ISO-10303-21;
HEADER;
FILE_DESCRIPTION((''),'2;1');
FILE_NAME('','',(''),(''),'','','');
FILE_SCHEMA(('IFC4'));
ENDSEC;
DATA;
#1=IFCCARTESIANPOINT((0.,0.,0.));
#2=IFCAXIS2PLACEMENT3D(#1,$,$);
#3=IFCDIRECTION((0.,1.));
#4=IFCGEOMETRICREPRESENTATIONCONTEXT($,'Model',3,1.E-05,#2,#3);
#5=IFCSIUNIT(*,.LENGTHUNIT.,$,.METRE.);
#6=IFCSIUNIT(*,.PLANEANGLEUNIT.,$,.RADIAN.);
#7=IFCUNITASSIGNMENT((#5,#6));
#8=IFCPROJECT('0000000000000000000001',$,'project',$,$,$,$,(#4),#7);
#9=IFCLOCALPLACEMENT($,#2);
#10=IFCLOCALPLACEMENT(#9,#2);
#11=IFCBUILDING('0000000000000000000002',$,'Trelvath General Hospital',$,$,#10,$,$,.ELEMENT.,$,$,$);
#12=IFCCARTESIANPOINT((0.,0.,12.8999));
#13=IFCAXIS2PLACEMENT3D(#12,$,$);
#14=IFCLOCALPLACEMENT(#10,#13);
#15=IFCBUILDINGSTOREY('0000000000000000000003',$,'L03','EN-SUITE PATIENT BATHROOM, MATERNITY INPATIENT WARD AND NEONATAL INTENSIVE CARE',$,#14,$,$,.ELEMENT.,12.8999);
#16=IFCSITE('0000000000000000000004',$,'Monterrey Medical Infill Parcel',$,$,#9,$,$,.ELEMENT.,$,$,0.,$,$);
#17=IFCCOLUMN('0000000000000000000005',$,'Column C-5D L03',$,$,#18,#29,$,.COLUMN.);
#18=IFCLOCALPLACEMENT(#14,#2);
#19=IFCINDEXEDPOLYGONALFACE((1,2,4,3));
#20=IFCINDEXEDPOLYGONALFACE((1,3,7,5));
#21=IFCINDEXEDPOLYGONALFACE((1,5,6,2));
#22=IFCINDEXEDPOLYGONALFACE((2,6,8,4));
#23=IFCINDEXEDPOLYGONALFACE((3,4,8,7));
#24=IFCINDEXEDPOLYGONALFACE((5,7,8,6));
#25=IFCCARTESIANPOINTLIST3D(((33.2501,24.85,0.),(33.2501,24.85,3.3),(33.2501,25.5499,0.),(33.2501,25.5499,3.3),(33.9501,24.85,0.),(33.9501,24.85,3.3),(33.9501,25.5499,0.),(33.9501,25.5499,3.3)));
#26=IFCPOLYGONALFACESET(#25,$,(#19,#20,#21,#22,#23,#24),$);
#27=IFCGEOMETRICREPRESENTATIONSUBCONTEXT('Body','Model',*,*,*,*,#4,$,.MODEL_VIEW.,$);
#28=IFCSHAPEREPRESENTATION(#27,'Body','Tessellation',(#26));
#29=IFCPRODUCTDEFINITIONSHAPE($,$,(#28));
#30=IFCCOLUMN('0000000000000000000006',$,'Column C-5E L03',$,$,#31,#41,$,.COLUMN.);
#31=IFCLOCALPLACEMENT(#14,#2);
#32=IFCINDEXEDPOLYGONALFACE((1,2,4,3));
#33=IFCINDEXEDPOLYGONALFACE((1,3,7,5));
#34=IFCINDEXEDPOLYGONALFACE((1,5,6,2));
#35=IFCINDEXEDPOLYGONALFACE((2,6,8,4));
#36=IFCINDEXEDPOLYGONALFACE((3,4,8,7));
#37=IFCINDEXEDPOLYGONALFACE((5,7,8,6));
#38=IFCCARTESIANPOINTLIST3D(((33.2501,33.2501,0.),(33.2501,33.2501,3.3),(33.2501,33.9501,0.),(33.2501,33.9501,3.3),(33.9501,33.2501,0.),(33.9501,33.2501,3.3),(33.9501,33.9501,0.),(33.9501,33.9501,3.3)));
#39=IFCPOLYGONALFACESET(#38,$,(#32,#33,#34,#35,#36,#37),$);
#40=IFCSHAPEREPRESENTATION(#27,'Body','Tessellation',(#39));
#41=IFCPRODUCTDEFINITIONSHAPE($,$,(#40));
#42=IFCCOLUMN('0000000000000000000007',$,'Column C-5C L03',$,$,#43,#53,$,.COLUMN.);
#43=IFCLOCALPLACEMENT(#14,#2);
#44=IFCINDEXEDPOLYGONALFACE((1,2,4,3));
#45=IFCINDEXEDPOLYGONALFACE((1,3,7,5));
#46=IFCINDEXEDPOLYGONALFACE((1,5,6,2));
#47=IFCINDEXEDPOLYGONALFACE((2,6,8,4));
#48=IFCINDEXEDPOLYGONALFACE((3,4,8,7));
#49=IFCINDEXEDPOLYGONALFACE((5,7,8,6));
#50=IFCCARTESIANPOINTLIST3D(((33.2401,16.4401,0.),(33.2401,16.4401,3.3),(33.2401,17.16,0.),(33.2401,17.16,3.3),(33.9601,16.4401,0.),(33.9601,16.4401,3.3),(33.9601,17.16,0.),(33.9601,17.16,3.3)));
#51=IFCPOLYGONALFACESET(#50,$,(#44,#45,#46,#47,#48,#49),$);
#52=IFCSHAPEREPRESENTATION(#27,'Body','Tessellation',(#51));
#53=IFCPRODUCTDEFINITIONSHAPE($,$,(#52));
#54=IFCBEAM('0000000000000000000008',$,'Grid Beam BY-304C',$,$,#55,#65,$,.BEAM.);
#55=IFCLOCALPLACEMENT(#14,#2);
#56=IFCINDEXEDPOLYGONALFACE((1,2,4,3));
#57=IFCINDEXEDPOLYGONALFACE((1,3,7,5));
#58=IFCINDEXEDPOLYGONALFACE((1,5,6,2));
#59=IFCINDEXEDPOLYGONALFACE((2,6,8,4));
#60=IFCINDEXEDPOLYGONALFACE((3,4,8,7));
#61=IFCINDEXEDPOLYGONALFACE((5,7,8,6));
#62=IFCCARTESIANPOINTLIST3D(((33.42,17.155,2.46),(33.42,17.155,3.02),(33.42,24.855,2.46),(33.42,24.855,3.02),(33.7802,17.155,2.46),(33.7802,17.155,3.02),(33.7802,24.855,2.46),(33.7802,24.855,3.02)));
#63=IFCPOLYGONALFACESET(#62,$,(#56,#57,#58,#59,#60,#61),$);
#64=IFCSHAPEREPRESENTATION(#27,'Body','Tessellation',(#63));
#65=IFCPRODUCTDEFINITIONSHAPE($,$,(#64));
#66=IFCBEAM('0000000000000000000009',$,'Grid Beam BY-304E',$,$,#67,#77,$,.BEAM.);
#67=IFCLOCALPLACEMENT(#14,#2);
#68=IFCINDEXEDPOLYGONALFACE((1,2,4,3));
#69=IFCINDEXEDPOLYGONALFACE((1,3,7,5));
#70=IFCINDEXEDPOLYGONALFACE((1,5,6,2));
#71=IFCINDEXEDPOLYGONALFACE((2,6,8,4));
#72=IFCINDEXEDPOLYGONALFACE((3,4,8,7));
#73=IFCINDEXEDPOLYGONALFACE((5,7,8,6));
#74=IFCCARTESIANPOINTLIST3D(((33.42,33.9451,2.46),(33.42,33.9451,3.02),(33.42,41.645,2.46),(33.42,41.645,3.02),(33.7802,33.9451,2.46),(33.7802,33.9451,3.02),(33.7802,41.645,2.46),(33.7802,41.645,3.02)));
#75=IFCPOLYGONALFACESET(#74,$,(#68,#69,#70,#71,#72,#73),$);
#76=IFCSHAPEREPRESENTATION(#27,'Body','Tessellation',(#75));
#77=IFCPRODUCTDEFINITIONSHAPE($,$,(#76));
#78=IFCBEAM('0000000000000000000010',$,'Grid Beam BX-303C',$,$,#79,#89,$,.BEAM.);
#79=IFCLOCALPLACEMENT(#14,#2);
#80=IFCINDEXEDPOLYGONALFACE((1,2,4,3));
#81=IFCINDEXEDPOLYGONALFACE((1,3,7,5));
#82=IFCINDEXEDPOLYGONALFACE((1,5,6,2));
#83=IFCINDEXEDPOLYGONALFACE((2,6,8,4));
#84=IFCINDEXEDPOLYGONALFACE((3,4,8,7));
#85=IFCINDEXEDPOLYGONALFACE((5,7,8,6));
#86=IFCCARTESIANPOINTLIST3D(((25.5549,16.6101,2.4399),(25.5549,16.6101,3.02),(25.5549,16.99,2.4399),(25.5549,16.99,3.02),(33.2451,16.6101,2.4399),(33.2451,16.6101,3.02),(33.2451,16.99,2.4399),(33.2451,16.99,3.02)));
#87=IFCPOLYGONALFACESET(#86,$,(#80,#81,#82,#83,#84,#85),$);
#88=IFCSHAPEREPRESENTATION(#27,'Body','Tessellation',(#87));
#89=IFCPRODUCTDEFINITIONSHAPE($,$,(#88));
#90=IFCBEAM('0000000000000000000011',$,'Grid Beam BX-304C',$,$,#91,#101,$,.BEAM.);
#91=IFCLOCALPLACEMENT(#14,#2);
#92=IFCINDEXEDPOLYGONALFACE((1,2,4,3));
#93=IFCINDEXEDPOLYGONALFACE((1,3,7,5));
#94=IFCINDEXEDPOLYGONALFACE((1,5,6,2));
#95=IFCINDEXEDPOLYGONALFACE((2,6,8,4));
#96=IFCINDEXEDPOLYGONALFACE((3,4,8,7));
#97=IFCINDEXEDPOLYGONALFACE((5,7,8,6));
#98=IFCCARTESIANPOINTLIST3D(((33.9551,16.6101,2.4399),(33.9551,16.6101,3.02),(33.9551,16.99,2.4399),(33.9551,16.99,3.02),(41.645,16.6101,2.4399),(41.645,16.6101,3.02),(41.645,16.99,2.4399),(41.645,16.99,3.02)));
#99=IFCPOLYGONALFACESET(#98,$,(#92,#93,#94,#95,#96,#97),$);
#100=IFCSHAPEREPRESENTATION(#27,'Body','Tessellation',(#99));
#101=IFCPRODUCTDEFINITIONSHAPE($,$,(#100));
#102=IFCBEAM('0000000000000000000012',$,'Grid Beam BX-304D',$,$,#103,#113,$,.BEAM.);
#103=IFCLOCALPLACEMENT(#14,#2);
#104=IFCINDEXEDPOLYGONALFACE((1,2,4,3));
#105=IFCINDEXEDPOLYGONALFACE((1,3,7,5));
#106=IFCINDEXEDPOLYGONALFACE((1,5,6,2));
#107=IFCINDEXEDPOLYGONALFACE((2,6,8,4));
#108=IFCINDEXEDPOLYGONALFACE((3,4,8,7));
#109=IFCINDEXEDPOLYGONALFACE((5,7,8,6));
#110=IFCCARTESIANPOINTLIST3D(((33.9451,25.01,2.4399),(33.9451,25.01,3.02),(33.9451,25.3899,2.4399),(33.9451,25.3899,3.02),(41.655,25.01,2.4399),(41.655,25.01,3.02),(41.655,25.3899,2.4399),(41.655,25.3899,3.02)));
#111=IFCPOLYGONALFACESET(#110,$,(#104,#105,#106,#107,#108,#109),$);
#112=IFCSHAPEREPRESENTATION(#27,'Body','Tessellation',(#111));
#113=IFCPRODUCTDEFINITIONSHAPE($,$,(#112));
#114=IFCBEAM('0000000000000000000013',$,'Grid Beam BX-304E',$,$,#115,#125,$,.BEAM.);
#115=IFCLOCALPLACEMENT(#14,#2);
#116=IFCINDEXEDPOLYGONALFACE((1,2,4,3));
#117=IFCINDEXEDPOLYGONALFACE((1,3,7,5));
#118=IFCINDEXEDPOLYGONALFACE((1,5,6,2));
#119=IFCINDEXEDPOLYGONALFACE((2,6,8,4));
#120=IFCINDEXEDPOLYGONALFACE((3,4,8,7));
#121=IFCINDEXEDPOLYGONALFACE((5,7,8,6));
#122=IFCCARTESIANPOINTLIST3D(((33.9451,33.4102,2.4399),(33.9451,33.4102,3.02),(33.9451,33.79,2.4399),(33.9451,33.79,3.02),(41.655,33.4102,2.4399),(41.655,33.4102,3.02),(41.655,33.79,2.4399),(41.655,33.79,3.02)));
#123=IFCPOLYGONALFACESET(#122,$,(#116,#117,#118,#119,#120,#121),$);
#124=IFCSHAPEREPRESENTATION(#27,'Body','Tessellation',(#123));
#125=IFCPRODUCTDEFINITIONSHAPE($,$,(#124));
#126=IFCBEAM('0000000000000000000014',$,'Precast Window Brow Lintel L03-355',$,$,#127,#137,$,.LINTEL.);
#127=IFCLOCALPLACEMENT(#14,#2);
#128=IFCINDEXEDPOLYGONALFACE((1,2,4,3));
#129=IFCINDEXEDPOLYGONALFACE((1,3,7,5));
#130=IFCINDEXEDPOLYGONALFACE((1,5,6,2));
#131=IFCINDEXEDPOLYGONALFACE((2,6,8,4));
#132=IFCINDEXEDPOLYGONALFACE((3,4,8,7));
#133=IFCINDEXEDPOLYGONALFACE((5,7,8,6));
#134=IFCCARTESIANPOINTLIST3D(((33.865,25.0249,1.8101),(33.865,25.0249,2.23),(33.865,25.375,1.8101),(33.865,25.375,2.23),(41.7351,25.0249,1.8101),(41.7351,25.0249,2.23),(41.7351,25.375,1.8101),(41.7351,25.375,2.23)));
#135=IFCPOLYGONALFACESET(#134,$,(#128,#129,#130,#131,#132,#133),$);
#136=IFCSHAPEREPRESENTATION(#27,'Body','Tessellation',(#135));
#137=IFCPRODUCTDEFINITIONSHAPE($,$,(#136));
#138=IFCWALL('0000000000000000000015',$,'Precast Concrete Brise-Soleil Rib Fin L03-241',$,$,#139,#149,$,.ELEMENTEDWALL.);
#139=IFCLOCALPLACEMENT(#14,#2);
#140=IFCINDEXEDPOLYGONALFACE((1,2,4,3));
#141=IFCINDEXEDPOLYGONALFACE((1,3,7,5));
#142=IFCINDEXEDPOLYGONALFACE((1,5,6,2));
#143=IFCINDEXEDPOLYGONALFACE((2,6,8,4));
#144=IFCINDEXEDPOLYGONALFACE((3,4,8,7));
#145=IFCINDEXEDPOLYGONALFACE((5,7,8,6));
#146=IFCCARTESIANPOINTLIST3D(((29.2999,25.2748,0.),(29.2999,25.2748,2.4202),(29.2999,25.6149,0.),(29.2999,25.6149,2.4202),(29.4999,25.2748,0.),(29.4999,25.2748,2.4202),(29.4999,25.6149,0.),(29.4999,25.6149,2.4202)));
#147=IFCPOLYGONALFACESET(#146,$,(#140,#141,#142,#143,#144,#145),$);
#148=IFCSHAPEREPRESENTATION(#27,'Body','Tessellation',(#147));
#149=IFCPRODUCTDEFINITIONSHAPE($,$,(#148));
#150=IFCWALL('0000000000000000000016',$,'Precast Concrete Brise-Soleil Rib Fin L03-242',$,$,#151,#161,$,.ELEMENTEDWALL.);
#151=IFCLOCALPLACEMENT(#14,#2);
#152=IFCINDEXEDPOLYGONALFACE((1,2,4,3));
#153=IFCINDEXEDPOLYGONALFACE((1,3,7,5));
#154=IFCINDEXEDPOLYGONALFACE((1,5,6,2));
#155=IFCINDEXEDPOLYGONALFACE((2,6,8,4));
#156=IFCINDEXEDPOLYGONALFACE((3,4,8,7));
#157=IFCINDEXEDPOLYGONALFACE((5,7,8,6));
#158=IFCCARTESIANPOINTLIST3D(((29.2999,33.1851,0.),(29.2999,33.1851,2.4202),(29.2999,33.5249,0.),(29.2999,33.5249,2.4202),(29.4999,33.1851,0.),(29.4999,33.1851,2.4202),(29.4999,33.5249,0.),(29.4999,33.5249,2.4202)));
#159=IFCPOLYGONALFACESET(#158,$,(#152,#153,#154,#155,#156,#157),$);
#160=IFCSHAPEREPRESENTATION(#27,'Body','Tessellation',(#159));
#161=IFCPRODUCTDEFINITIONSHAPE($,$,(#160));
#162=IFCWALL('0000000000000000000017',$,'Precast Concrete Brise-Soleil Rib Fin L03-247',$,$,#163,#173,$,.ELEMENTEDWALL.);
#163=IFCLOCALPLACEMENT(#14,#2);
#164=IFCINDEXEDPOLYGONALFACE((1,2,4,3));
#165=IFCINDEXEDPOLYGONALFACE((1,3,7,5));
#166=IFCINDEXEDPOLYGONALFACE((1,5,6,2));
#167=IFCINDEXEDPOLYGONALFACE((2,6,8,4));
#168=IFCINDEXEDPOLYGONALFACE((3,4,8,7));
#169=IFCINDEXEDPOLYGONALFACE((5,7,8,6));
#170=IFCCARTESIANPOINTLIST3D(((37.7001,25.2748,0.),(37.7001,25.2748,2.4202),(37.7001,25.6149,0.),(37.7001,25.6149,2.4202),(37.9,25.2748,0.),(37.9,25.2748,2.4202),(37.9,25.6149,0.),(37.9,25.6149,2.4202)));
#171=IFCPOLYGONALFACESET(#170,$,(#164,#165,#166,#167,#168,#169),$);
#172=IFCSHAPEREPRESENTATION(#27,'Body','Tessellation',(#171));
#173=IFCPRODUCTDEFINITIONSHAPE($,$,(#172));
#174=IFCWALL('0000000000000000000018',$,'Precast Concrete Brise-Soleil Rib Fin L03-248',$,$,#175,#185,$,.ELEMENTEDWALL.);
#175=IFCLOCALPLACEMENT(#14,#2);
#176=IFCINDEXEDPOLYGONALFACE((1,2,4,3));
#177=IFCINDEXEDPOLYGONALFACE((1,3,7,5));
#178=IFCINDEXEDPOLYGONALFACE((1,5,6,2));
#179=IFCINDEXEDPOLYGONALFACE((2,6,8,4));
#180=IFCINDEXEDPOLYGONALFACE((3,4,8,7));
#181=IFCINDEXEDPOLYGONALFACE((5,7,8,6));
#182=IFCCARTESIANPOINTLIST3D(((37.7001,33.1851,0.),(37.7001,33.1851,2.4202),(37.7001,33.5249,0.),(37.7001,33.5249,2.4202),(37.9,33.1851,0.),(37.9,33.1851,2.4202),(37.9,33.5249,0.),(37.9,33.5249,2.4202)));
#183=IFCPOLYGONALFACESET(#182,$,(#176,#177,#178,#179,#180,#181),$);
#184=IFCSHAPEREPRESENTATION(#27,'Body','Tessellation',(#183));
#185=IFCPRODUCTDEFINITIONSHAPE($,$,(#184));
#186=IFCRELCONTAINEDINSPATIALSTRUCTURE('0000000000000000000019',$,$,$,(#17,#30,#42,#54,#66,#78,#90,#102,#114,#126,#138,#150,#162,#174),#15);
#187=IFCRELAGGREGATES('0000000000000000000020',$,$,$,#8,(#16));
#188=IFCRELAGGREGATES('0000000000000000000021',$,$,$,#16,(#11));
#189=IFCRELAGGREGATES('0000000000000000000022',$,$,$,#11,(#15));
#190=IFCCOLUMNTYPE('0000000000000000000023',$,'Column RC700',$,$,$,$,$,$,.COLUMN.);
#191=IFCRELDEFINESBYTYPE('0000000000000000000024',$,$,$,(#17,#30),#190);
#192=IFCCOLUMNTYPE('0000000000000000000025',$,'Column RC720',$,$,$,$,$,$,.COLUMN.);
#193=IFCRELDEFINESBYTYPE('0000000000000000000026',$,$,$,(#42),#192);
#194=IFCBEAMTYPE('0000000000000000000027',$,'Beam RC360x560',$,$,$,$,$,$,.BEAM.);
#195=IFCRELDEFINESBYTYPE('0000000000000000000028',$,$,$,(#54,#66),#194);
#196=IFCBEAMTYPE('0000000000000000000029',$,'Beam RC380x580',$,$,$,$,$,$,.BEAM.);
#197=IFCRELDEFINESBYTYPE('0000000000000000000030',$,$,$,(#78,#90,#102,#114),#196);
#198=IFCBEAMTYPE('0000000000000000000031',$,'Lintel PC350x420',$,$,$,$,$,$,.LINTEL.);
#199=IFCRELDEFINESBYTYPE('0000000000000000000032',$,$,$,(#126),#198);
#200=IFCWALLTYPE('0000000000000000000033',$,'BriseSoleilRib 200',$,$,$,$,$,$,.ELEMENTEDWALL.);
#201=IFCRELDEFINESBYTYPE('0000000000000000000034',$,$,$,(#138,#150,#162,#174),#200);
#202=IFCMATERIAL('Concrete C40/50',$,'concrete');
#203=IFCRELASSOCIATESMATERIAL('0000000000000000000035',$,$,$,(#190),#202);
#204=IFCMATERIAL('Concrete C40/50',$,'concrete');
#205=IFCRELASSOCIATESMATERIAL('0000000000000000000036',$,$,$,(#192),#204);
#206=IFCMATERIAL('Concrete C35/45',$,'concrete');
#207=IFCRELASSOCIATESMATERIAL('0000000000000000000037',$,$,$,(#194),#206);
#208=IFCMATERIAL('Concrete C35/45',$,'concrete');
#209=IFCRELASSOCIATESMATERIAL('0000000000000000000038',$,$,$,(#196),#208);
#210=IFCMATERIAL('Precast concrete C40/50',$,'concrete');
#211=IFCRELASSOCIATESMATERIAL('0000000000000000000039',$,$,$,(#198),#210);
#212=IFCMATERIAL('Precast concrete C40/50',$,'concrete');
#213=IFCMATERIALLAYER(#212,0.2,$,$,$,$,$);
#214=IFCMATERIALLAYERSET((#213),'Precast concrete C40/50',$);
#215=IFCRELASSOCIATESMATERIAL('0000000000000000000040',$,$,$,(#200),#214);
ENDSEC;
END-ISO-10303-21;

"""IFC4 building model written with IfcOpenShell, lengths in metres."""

from ifc_helpers import new_model, si_unit, direction, frame, frame_2d, origin, origin_2d, place, context, subcontext, project, spatial, rectangle, extrude, material, layer, layer_set, material_profile, profile_set, type_object, element, save


model = new_model("IFC4")

# Units and contexts
model_context = context("Model", 3, precision=1e-05, world=origin(), true_north=direction((0.0, 1.0)))
body_context = subcontext(model_context, "Body", "Model", "MODEL_VIEW")
ifc_project = project(units=[si_unit("LENGTHUNIT", "METRE"), si_unit("PLANEANGLEUNIT", "RADIAN")], contexts=[model_context])

# Site, building, storey
site_placement = place(None, origin())
site = spatial("IfcSite", under=ifc_project, at=site_placement, Name="Monterrey Medical Infill Parcel", CompositionType="ELEMENT", RefElevation=0.0)
building_placement = place(site_placement, origin())
building = spatial("IfcBuilding", under=site, at=building_placement, Name="Trelvath General Hospital", CompositionType="ELEMENT")
storey_placement = place(building_placement, frame((0.0, 0.0, 12.8999)))
storey = spatial("IfcBuildingStorey", under=building, at=storey_placement, Name="L03", Description="EN-SUITE PATIENT BATHROOM, MATERNITY INPATIENT WARD AND NEONATAL INTENSIVE CARE", CompositionType="ELEMENT", Elevation=12.8999)

# Columns
ifc_material_1 = material(Name="Concrete C40/50", Category="concrete")
ifc_material_profile_1 = material_profile(ifc_material_1, rectangle(XDim=0.7, YDim=0.7, at=origin_2d()), Name="RC700x700")
ifc_profile_set_1 = profile_set([ifc_material_profile_1], Name="Concrete C40/50")
column_type_1 = type_object("IfcColumnType", Name="Column RC700", PredefinedType="COLUMN", material=ifc_profile_set_1)
for number, where, z_axis, x_axis, name in (
    (1, (33.6001, 25.2, 0.0), (0.0, 0.0, 1.0), (1.0, 0.0, 0.0), "Column C-5D L03"),
    (2, (33.6001, 33.6001, 0.0), (0.0, 0.0, 1.0), (1.0, 0.0, 0.0), "Column C-5E L03"),
):
    element("IfcColumn", number, at=place(storey_placement, frame(where, z_axis=z_axis, x_axis=x_axis)), inside=storey, type_object=column_type_1, Name=name, PredefinedType="COLUMN", context=body_context, shape_type="SweptSolid", body=[
        extrude(rectangle(XDim=0.7, YDim=0.7, at=origin_2d()), origin(), (0.0, 0.0, 1.0), 3.3),
    ])
ifc_material_2 = material(Name="Concrete C40/50", Category="concrete")
ifc_material_profile_2 = material_profile(ifc_material_2, rectangle(XDim=0.72, YDim=0.72, at=origin_2d()), Name="RC720x720")
ifc_profile_set_2 = profile_set([ifc_material_profile_2], Name="Concrete C40/50")
column_type_2 = type_object("IfcColumnType", Name="Column RC720", PredefinedType="COLUMN", material=ifc_profile_set_2)
column_placement = place(storey_placement, frame((33.6001, 16.8, 0.0), z_axis=(0.0, 0.0, 1.0), x_axis=(1.0, 0.0, 0.0)))
element("IfcColumn", 3, at=column_placement, inside=storey, type_object=column_type_2, Name="Column C-5C L03", PredefinedType="COLUMN", context=body_context, shape_type="SweptSolid", body=[
    extrude(rectangle(XDim=0.72, YDim=0.72, at=origin_2d()), origin(), (0.0, 0.0, 1.0), 3.3),
])

# Beams
ifc_material_3 = material(Name="Concrete C35/45", Category="concrete")
ifc_material_profile_3 = material_profile(ifc_material_3, rectangle(XDim=0.3601, YDim=0.5601, at=origin_2d()), Name="RCB360x560")
ifc_profile_set_3 = profile_set([ifc_material_profile_3], Name="Concrete C35/45")
beam_type_1 = type_object("IfcBeamType", Name="Beam RC360x560", PredefinedType="BEAM", material=ifc_profile_set_3)
for number, where, z_axis, x_axis, name in (
    (4, (33.6001, 17.155, 2.74), (0.0, 1.0, 0.0), (-1.0, 0.0, 0.0), "Grid Beam BY-304C"),
    (5, (33.6001, 33.9451, 2.74), (0.0, 1.0, 0.0), (-1.0, 0.0, 0.0), "Grid Beam BY-304E"),
):
    element("IfcBeam", number, at=place(storey_placement, frame(where, z_axis=z_axis, x_axis=x_axis)), inside=storey, type_object=beam_type_1, Name=name, PredefinedType="BEAM", context=body_context, shape_type="SweptSolid", body=[
        extrude(rectangle(XDim=0.3601, YDim=0.5601, at=origin_2d()), origin(), (0.0, 0.0, 1.0), 7.7),
    ])
ifc_material_4 = material(Name="Concrete C35/45", Category="concrete")
ifc_material_profile_4 = material_profile(ifc_material_4, rectangle(XDim=0.3799, YDim=0.5801, at=origin_2d()), Name="RCB380x580")
ifc_profile_set_4 = profile_set([ifc_material_profile_4], Name="Concrete C35/45")
beam_type_2 = type_object("IfcBeamType", Name="Beam RC380x580", PredefinedType="BEAM", material=ifc_profile_set_4)
beam_1_placement = place(storey_placement, frame((25.5549, 16.8, 2.73), z_axis=(1.0, 0.0, 0.0), x_axis=(0.0, 1.0, 0.0)))
element("IfcBeam", 6, at=beam_1_placement, inside=storey, type_object=beam_type_2, Name="Grid Beam BX-303C", PredefinedType="BEAM", context=body_context, shape_type="SweptSolid", body=[
    extrude(rectangle(XDim=0.3799, YDim=0.5801, at=origin_2d()), origin(), (0.0, 0.0, 1.0), 7.6902),
])
beam_2_placement = place(storey_placement, frame((33.9551, 16.8, 2.73), z_axis=(1.0, 0.0, 0.0), x_axis=(0.0, 1.0, 0.0)))
element("IfcBeam", 7, at=beam_2_placement, inside=storey, type_object=beam_type_2, Name="Grid Beam BX-304C", PredefinedType="BEAM", context=body_context, shape_type="SweptSolid", body=[
    extrude(rectangle(XDim=0.3799, YDim=0.5801, at=origin_2d()), origin(), (0.0, 0.0, 1.0), 7.6899),
])
for number, where, z_axis, x_axis, name in (
    (8, (33.9451, 25.2, 2.73), (1.0, 0.0, 0.0), (0.0, 1.0, 0.0), "Grid Beam BX-304D"),
    (9, (33.9451, 33.6001, 2.73), (1.0, 0.0, 0.0), (0.0, 1.0, 0.0), "Grid Beam BX-304E"),
):
    element("IfcBeam", number, at=place(storey_placement, frame(where, z_axis=z_axis, x_axis=x_axis)), inside=storey, type_object=beam_type_2, Name=name, PredefinedType="BEAM", context=body_context, shape_type="SweptSolid", body=[
        extrude(rectangle(XDim=0.3799, YDim=0.5801, at=origin_2d()), origin(), (0.0, 0.0, 1.0), 7.71),
    ])
ifc_material_5 = material(Name="Precast concrete C40/50", Category="concrete")
ifc_material_profile_5 = material_profile(ifc_material_5, rectangle(XDim=0.3501, YDim=0.4199, at=origin_2d()), Name="PCL350x420")
ifc_profile_set_5 = profile_set([ifc_material_profile_5], Name="Precast concrete C40/50")
beam_type_3 = type_object("IfcBeamType", Name="Lintel PC350x420", PredefinedType="LINTEL", material=ifc_profile_set_5)
beam_3_placement = place(storey_placement, frame((33.865, 25.2, 2.02), z_axis=(1.0, 0.0, 0.0), x_axis=(0.0, 1.0, 0.0)))
element("IfcBeam", 10, at=beam_3_placement, inside=storey, type_object=beam_type_3, Name="Precast Window Brow Lintel L03-355", PredefinedType="LINTEL", context=body_context, shape_type="SweptSolid", body=[
    extrude(rectangle(XDim=0.3501, YDim=0.4199, at=origin_2d()), origin(), (0.0, 0.0, 1.0), 7.8701),
])

# Walls
ifc_material_6 = material(Name="Precast concrete C40/50", Category="concrete")
ifc_layer_1 = layer(ifc_material_6, 0.2)
ifc_layer_set_1 = layer_set([ifc_layer_1], Name="Precast concrete C40/50")
wall_type_1 = type_object("IfcWallType", Name="BriseSoleilRib 200", PredefinedType="ELEMENTEDWALL", material=ifc_layer_set_1)
wall_1_placement = place(storey_placement, frame((29.3999, 25.2749, 0.0), z_axis=(0.0, 0.0, 1.0), x_axis=(0.0, 1.0, 0.0)))
element("IfcWall", 11, at=wall_1_placement, inside=storey, type_object=wall_type_1, Name="Precast Concrete Brise-Soleil Rib Fin L03-241", PredefinedType="ELEMENTEDWALL", context=body_context, shape_type="SweptSolid", body=[
    extrude(rectangle(XDim=0.3401, YDim=0.2, at=frame_2d((0.1699, 0.0))), origin(), (0.0, 0.0, 1.0), 2.4202),
])
wall_2_placement = place(storey_placement, frame((29.3999, 33.5249, 0.0), z_axis=(0.0, 0.0, 1.0), x_axis=(0.0, -1.0, 0.0)))
element("IfcWall", 12, at=wall_2_placement, inside=storey, type_object=wall_type_1, Name="Precast Concrete Brise-Soleil Rib Fin L03-242", PredefinedType="ELEMENTEDWALL", context=body_context, shape_type="SweptSolid", body=[
    extrude(rectangle(XDim=0.3398, YDim=0.2, at=frame_2d((0.1699, 0.0))), origin(), (0.0, 0.0, 1.0), 2.4202),
])
wall_3_placement = place(storey_placement, frame((37.8, 25.2749, 0.0), z_axis=(0.0, 0.0, 1.0), x_axis=(0.0, 1.0, 0.0)))
element("IfcWall", 13, at=wall_3_placement, inside=storey, type_object=wall_type_1, Name="Precast Concrete Brise-Soleil Rib Fin L03-247", PredefinedType="ELEMENTEDWALL", context=body_context, shape_type="SweptSolid", body=[
    extrude(rectangle(XDim=0.3401, YDim=0.2, at=frame_2d((0.1699, 0.0))), origin(), (0.0, 0.0, 1.0), 2.4202),
])
wall_4_placement = place(storey_placement, frame((37.8, 33.5249, 0.0), z_axis=(0.0, 0.0, 1.0), x_axis=(0.0, -1.0, 0.0)))
element("IfcWall", 14, at=wall_4_placement, inside=storey, type_object=wall_type_1, Name="Precast Concrete Brise-Soleil Rib Fin L03-248", PredefinedType="ELEMENTEDWALL", context=body_context, shape_type="SweptSolid", body=[
    extrude(rectangle(XDim=0.3398, YDim=0.2, at=frame_2d((0.1699, 0.0))), origin(), (0.0, 0.0, 1.0), 2.4202),
])

save(model, "model.ifc")
